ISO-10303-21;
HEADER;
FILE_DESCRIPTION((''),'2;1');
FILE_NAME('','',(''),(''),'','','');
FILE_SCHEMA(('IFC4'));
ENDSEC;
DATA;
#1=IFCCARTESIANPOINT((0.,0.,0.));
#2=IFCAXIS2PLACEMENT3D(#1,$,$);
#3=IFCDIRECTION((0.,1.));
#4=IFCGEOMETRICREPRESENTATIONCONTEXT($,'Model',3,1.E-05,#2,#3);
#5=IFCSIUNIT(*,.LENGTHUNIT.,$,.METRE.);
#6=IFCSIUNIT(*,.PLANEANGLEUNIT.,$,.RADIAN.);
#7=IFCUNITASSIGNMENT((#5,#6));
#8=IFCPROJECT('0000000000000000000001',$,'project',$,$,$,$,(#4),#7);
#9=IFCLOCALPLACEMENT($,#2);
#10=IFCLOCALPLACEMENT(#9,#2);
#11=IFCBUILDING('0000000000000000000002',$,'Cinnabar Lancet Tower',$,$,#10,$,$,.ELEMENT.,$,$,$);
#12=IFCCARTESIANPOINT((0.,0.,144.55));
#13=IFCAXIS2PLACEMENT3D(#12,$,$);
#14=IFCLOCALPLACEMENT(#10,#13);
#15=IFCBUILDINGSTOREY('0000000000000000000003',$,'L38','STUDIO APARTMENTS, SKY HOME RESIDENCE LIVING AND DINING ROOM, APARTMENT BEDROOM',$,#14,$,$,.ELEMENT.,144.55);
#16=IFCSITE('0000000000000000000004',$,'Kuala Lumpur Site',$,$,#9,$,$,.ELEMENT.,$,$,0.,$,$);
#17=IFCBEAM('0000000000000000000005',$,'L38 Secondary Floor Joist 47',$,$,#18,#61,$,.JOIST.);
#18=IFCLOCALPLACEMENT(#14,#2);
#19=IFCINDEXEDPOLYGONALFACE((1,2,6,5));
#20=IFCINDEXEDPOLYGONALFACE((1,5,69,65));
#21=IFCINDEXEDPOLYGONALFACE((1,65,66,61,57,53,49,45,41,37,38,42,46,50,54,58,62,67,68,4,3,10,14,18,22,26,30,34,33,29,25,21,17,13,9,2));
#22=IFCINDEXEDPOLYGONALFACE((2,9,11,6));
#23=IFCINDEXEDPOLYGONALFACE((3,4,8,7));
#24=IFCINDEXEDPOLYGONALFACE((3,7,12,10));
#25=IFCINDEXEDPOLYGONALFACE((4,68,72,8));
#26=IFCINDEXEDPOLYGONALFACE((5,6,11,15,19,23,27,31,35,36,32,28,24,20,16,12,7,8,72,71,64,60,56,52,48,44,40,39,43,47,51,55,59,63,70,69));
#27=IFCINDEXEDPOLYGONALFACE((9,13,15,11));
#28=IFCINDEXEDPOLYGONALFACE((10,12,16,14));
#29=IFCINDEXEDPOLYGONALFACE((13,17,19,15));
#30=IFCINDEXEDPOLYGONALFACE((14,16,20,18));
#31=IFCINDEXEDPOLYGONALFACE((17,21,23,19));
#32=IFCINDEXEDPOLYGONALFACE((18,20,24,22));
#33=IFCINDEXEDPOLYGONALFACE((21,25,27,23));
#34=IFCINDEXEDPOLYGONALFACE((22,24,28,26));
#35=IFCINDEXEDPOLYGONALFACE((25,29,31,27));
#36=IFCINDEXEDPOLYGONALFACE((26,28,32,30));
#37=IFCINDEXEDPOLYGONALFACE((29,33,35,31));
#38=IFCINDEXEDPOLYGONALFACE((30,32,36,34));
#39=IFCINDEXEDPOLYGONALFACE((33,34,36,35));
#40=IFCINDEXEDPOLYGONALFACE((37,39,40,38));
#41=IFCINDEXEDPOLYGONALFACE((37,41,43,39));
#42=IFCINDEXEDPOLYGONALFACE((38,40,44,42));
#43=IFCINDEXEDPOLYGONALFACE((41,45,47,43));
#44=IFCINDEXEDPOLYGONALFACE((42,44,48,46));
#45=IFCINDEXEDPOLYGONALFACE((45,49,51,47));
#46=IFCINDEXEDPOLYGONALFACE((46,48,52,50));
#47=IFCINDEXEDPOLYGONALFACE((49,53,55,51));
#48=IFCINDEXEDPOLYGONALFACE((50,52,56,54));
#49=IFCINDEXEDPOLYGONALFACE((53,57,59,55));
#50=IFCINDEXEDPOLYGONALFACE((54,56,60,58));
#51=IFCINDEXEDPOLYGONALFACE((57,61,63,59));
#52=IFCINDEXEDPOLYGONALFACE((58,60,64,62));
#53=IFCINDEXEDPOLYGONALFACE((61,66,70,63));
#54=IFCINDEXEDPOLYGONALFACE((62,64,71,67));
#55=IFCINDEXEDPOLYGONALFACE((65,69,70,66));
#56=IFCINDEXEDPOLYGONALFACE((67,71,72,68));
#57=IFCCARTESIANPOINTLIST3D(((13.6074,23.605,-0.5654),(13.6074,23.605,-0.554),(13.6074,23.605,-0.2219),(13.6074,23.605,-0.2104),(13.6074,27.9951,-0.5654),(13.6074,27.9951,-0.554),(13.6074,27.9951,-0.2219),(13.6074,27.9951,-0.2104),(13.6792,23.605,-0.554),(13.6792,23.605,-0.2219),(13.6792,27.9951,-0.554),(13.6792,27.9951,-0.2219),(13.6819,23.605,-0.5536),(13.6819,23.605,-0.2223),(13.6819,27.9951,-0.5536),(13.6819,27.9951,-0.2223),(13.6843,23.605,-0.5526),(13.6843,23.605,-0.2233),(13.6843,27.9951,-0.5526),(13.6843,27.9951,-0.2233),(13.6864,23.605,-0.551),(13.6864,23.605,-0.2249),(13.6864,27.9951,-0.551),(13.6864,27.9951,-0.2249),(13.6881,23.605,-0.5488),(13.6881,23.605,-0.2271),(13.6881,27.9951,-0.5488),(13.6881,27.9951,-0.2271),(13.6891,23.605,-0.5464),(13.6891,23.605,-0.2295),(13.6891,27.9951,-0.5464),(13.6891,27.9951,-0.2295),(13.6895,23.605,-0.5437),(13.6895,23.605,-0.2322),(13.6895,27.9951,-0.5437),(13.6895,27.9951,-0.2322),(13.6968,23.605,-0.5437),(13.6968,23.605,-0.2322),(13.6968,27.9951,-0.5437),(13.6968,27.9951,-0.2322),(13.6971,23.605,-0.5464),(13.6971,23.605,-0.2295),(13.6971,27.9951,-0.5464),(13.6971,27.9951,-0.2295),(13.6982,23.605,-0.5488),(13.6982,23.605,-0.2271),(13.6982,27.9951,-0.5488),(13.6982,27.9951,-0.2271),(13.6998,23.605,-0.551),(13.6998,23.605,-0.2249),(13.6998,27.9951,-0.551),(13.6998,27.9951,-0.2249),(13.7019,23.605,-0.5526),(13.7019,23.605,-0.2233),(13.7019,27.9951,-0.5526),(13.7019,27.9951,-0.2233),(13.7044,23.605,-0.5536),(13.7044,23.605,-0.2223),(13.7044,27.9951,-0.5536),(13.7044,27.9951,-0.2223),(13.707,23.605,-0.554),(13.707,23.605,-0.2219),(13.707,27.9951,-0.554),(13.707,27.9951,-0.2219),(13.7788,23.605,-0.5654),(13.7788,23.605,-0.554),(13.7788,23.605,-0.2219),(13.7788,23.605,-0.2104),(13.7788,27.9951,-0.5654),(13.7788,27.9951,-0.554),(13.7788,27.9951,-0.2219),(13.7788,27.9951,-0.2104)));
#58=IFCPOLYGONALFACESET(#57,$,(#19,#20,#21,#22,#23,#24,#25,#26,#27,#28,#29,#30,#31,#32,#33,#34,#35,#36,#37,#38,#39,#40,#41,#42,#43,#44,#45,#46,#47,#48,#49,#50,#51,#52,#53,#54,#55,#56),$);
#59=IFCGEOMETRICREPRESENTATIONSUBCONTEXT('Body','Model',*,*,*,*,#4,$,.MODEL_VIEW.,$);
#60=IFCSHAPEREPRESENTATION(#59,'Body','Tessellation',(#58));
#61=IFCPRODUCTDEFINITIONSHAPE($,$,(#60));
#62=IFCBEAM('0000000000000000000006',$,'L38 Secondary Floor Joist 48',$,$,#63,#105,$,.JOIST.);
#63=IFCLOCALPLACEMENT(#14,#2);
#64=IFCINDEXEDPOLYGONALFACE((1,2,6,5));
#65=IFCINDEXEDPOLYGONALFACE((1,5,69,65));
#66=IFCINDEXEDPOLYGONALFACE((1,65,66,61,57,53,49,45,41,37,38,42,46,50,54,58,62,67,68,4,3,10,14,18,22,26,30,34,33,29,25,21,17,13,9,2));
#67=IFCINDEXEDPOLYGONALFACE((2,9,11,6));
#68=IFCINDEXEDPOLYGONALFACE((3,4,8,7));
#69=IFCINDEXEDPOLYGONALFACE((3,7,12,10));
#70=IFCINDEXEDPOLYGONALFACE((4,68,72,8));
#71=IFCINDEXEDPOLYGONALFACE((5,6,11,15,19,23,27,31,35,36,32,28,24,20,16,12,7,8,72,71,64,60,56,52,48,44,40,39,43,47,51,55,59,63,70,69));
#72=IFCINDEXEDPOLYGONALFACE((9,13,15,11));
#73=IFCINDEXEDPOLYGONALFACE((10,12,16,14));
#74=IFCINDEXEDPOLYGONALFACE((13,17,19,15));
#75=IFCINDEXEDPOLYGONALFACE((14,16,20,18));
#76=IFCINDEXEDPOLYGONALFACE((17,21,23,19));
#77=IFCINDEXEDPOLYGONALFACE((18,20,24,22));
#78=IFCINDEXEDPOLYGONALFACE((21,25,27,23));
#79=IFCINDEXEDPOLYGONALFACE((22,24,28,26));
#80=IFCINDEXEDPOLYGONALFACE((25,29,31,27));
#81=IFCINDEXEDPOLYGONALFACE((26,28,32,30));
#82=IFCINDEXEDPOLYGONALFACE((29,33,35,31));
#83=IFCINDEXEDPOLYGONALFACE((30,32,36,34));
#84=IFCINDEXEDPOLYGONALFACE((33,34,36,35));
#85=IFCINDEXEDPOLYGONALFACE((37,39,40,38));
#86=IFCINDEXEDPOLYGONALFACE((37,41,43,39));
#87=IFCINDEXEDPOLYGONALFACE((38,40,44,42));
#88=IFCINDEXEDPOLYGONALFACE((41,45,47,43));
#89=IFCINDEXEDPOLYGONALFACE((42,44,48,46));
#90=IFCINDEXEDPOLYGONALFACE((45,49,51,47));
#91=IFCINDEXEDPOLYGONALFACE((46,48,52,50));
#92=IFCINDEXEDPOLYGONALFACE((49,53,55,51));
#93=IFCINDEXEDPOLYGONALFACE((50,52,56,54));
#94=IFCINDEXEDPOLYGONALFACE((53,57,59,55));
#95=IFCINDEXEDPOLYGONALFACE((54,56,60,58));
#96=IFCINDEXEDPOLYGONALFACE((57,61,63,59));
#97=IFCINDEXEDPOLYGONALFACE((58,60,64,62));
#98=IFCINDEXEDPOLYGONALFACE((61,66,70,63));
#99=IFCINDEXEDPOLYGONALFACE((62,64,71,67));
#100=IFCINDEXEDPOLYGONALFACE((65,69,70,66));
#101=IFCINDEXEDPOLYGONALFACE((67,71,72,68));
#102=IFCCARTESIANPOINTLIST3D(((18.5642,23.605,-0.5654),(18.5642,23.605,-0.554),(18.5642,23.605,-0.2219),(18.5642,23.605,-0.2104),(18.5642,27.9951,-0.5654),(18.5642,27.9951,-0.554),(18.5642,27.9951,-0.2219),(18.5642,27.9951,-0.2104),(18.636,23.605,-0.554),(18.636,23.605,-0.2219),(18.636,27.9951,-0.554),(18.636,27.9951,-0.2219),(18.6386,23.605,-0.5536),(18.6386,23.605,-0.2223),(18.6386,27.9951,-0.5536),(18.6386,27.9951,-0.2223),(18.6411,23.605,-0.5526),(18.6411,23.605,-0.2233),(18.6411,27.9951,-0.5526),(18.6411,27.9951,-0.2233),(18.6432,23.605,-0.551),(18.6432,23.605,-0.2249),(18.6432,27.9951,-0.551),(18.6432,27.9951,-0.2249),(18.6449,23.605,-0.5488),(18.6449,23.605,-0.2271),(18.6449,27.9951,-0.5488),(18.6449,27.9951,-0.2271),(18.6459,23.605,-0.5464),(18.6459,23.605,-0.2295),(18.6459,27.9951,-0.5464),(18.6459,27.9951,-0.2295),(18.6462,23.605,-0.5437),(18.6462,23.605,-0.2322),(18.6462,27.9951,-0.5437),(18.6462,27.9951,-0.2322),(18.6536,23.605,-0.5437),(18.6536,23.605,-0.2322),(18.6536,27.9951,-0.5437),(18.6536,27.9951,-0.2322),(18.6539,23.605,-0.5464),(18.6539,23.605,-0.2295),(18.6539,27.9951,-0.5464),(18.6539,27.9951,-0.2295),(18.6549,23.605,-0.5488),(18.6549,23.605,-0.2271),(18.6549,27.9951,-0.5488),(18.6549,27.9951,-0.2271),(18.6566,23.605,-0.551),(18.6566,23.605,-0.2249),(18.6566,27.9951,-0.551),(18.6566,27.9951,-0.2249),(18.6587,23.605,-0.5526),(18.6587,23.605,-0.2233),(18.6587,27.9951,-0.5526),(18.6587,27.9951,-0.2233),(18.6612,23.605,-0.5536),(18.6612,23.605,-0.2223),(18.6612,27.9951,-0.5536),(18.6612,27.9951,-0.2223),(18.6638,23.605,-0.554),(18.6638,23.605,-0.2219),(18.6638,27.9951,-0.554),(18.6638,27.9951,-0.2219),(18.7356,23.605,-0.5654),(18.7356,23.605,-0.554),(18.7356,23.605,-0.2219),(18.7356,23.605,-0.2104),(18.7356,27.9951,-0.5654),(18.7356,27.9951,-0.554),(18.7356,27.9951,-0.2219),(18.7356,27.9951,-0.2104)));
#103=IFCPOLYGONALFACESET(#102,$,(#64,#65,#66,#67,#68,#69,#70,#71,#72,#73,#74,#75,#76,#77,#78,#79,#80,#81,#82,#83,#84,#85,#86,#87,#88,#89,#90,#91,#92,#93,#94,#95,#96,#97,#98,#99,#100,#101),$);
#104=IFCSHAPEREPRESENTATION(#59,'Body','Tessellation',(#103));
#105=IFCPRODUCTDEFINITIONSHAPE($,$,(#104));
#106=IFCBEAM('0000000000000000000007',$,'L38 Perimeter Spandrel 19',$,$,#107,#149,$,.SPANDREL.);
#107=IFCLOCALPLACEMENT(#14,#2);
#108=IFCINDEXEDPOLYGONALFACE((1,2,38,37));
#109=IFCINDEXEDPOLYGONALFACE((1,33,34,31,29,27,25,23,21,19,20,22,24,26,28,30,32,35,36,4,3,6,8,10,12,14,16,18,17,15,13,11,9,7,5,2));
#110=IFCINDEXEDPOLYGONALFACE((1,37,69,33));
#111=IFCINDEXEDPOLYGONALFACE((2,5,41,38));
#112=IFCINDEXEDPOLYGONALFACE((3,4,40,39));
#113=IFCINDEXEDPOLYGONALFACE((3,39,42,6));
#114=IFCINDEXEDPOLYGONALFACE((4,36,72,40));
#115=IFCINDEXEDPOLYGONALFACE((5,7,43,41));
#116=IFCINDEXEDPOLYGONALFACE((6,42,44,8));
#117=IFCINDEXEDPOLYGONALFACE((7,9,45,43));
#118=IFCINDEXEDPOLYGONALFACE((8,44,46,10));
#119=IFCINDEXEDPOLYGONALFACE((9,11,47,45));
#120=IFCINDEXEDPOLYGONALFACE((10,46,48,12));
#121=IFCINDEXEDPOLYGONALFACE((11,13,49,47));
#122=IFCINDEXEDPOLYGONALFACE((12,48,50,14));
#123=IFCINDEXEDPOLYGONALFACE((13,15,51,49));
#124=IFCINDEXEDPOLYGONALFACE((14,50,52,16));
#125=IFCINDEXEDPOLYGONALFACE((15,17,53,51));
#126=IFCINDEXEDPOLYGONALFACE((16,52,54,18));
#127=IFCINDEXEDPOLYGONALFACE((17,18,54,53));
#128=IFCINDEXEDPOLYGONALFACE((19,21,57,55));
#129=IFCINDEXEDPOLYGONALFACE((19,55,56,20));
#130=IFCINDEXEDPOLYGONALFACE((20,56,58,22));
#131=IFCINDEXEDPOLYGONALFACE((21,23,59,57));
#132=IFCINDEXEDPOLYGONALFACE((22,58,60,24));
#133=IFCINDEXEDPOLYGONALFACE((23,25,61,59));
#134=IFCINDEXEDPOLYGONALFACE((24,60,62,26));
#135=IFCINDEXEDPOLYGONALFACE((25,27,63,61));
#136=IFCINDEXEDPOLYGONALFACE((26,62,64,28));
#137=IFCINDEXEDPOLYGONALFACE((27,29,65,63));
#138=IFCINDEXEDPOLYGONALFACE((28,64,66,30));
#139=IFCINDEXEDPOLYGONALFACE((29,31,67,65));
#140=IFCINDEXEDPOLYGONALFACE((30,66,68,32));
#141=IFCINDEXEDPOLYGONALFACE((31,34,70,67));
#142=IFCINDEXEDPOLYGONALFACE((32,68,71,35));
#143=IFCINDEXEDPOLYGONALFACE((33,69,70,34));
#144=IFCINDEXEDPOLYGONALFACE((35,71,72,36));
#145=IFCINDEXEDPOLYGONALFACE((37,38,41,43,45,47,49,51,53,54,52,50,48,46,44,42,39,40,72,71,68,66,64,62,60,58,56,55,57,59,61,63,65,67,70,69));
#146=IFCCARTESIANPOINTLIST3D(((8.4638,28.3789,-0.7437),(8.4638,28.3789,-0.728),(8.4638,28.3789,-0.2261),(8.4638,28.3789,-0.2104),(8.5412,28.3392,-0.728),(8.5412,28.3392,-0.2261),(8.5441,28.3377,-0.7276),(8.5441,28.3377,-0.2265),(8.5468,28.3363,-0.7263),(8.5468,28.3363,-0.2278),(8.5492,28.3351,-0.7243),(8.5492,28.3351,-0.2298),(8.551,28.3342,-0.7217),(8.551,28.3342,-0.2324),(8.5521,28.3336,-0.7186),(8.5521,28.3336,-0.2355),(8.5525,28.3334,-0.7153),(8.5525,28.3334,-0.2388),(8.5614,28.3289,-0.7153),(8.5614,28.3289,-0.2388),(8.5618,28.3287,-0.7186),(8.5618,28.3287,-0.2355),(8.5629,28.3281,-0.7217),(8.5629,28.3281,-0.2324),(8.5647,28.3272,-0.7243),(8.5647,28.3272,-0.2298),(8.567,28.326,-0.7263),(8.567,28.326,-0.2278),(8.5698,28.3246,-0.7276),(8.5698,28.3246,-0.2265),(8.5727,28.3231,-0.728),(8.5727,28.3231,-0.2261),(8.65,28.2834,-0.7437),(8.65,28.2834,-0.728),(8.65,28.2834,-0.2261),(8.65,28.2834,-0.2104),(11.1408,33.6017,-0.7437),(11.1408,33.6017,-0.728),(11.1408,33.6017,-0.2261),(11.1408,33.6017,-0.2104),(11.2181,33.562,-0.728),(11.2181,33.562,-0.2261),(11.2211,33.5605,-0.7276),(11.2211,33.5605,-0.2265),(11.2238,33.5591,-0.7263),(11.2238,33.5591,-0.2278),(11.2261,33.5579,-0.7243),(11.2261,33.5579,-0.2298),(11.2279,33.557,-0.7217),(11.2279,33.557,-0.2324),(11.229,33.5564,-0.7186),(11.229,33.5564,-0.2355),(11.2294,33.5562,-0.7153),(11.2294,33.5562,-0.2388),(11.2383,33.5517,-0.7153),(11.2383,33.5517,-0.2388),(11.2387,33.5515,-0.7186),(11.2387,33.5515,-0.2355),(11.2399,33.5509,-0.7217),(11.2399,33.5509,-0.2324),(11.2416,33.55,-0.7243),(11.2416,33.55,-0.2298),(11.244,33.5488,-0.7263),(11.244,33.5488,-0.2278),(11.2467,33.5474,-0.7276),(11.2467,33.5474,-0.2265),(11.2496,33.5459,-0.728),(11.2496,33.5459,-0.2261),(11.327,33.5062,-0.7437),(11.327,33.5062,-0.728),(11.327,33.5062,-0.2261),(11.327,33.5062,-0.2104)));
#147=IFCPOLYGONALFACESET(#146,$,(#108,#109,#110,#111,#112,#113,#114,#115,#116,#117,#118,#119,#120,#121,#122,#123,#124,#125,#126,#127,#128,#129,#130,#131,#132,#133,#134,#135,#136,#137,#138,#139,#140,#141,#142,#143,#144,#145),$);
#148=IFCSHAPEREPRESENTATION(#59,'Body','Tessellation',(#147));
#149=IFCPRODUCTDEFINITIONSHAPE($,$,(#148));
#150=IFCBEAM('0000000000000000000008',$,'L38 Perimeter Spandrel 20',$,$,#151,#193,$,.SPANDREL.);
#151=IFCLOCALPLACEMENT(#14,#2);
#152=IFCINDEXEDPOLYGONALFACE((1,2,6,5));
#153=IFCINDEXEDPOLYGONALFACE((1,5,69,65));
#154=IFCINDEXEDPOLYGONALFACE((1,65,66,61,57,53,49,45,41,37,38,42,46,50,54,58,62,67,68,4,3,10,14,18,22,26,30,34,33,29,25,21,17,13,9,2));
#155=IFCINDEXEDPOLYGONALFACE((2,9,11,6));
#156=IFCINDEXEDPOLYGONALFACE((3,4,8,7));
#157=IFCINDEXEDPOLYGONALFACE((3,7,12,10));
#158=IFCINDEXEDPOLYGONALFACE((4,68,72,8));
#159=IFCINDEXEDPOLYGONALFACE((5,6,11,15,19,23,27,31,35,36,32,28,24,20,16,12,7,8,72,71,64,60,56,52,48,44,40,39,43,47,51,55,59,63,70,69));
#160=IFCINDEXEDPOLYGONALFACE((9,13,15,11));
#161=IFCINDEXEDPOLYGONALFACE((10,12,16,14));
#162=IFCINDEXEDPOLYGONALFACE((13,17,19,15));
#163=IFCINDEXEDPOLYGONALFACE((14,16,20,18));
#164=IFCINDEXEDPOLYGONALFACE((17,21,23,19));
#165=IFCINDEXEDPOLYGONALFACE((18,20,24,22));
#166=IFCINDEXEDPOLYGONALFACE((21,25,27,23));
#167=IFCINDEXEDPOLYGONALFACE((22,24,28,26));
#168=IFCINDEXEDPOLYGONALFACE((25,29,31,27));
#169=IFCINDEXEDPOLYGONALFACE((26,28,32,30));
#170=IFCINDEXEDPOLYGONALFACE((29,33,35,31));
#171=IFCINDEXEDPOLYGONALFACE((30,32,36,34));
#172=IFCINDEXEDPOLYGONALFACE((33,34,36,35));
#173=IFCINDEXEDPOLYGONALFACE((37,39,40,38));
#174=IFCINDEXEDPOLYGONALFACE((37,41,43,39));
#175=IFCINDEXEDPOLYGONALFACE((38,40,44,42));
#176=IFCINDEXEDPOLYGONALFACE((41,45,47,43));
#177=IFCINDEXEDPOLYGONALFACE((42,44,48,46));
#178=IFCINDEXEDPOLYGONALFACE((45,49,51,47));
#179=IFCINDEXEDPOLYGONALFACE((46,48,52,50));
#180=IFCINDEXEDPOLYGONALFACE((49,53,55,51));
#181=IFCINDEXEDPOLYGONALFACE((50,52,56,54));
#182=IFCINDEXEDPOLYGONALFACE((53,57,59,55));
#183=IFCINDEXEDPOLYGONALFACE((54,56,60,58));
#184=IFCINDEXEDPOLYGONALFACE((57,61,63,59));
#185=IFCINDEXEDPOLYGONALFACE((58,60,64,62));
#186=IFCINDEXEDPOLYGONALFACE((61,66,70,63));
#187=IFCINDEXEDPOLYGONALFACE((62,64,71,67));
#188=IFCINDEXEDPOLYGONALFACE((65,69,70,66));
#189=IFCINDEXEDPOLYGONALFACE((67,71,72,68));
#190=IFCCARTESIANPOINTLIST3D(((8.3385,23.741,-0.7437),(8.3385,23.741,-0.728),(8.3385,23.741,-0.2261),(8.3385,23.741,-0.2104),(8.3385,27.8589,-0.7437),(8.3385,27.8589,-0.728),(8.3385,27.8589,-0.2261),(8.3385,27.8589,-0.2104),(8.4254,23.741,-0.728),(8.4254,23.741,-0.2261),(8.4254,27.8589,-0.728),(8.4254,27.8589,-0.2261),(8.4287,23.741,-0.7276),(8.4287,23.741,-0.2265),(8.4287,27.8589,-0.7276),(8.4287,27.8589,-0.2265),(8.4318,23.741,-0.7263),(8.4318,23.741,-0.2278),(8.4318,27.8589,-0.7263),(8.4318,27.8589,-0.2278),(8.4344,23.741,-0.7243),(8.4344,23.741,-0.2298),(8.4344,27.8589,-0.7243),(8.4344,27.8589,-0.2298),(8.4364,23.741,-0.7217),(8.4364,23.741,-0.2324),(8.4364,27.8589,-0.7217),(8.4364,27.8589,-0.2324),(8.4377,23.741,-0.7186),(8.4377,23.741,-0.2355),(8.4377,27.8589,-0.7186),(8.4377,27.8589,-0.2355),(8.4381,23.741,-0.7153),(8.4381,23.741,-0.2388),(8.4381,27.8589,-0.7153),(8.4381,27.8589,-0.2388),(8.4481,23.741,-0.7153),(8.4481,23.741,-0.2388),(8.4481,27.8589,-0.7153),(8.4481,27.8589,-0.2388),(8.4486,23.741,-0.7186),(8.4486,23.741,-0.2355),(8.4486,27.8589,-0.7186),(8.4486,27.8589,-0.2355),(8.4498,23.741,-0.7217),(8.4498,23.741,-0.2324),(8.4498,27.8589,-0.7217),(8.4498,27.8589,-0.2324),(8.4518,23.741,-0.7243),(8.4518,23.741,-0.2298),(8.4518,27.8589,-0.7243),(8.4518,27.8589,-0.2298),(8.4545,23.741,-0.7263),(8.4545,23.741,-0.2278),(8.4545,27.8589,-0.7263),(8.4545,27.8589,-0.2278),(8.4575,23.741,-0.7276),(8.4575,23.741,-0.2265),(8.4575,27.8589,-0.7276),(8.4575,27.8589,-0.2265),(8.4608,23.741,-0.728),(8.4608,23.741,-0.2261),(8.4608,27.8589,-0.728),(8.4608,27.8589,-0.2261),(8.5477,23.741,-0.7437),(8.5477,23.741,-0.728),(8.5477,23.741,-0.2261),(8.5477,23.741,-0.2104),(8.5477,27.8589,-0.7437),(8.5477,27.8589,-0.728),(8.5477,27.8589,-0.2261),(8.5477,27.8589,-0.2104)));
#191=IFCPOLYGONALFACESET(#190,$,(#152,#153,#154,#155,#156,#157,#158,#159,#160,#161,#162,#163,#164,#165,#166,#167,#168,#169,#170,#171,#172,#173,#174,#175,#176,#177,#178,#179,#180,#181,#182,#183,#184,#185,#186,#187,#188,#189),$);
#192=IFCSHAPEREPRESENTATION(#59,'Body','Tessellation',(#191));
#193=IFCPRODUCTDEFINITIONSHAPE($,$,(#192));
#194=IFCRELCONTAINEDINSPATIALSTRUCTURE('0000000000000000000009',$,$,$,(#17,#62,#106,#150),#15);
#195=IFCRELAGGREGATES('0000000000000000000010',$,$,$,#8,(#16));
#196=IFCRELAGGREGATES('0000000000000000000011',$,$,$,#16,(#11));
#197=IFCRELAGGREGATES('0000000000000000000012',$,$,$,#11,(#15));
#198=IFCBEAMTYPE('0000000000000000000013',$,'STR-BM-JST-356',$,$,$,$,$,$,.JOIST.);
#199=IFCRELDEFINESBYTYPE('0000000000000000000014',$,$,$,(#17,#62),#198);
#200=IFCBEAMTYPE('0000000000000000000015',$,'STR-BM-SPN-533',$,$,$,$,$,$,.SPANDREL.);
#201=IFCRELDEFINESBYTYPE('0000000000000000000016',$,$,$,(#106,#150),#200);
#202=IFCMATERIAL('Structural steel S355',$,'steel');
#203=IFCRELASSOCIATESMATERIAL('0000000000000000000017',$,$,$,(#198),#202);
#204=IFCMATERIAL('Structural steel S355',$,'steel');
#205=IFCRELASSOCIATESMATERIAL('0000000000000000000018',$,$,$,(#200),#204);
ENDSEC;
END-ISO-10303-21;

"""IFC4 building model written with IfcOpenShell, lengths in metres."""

from ifc_helpers import new_model, si_unit, direction, frame, origin, origin_2d, place, context, subcontext, project, spatial, i_section, extrude, material, material_profile, profile_set, type_object, element, save


model = new_model("IFC4")

# Units and contexts
model_context = context("Model", 3, precision=1e-05, world=origin(), true_north=direction((0.0, 1.0)))
body_context = subcontext(model_context, "Body", "Model", "MODEL_VIEW")
ifc_project = project(units=[si_unit("LENGTHUNIT", "METRE"), si_unit("PLANEANGLEUNIT", "RADIAN")], contexts=[model_context])

# Site, building, storey
site_placement = place(None, origin())
site = spatial("IfcSite", under=ifc_project, at=site_placement, Name="Kuala Lumpur Site", CompositionType="ELEMENT", RefElevation=0.0)
building_placement = place(site_placement, origin())
building = spatial("IfcBuilding", under=site, at=building_placement, Name="Cinnabar Lancet Tower", CompositionType="ELEMENT")
storey_placement = place(building_placement, frame((0.0, 0.0, 144.55)))
storey = spatial("IfcBuildingStorey", under=building, at=storey_placement, Name="L38", Description="STUDIO APARTMENTS, SKY HOME RESIDENCE LIVING AND DINING ROOM, APARTMENT BEDROOM", CompositionType="ELEMENT", Elevation=144.55)

# Beams
ifc_material_1 = material(Name="Structural steel S355", Category="steel")
ifc_material_profile_1 = material_profile(ifc_material_1, i_section(OverallWidth=0.1714, OverallDepth=0.355, WebThickness=0.0073, FlangeThickness=0.0115, FilletRadius=0.0103, at=origin_2d()), Name="UKB 356x171x51")
ifc_profile_set_1 = profile_set([ifc_material_profile_1], Name="Structural steel S355")
beam_type_1 = type_object("IfcBeamType", Name="STR-BM-JST-356", PredefinedType="JOIST", material=ifc_profile_set_1)
for number, where, z_axis, x_axis, name in (
    (1, (13.6931, 27.9951, -0.3879), (0.0, -1.0, 0.0), (1.0, 0.0, 0.0), "L38 Secondary Floor Joist 47"),
    (2, (18.6499, 27.9951, -0.3879), (0.0, -1.0, 0.0), (1.0, 0.0, 0.0), "L38 Secondary Floor Joist 48"),
):
    element("IfcBeam", number, at=place(storey_placement, frame(where, z_axis=z_axis, x_axis=x_axis)), inside=storey, type_object=beam_type_1, Name=name, PredefinedType="JOIST", context=body_context, shape_type="SweptSolid", body=[
        extrude(i_section(OverallWidth=0.1714, OverallDepth=0.355, WebThickness=0.0073, FlangeThickness=0.0115, FilletRadius=0.0103, at=origin_2d()), origin(), (0.0, 0.0, 1.0), 4.3901),
    ])
ifc_material_2 = material(Name="Structural steel S355", Category="steel")
ifc_material_profile_2 = material_profile(ifc_material_2, i_section(OverallWidth=0.2092, OverallDepth=0.5332, WebThickness=0.01, FlangeThickness=0.0156, FilletRadius=0.0127, at=origin_2d()), Name="UKB 533x210x92")
ifc_profile_set_2 = profile_set([ifc_material_profile_2], Name="Structural steel S355")
beam_type_2 = type_object("IfcBeamType", Name="STR-BM-SPN-533", PredefinedType="SPANDREL", material=ifc_profile_set_2)
beam_1_placement = place(storey_placement, frame((11.2339, 33.554, -0.4771), z_axis=(-0.456127, -0.889915, 0.0), x_axis=(0.889915, -0.456127, 0.0)))
element("IfcBeam", 3, at=beam_1_placement, inside=storey, type_object=beam_type_2, Name="L38 Perimeter Spandrel 19", PredefinedType="SPANDREL", context=body_context, shape_type="SweptSolid", body=[
    extrude(i_section(OverallWidth=0.2092, OverallDepth=0.5332, WebThickness=0.01, FlangeThickness=0.0156, FilletRadius=0.0127, at=origin_2d()), origin(), (0.0, 0.0, 1.0), 5.8689),
])
beam_2_placement = place(storey_placement, frame((8.4431, 27.8589, -0.4771), z_axis=(0.0, -1.0, 0.0), x_axis=(1.0, 0.0, 0.0)))
element("IfcBeam", 4, at=beam_2_placement, inside=storey, type_object=beam_type_2, Name="L38 Perimeter Spandrel 20", PredefinedType="SPANDREL", context=body_context, shape_type="SweptSolid", body=[
    extrude(i_section(OverallWidth=0.2092, OverallDepth=0.5332, WebThickness=0.01, FlangeThickness=0.0156, FilletRadius=0.0127, at=origin_2d()), origin(), (0.0, 0.0, 1.0), 4.1179),
])

save(model, "model.ifc")
